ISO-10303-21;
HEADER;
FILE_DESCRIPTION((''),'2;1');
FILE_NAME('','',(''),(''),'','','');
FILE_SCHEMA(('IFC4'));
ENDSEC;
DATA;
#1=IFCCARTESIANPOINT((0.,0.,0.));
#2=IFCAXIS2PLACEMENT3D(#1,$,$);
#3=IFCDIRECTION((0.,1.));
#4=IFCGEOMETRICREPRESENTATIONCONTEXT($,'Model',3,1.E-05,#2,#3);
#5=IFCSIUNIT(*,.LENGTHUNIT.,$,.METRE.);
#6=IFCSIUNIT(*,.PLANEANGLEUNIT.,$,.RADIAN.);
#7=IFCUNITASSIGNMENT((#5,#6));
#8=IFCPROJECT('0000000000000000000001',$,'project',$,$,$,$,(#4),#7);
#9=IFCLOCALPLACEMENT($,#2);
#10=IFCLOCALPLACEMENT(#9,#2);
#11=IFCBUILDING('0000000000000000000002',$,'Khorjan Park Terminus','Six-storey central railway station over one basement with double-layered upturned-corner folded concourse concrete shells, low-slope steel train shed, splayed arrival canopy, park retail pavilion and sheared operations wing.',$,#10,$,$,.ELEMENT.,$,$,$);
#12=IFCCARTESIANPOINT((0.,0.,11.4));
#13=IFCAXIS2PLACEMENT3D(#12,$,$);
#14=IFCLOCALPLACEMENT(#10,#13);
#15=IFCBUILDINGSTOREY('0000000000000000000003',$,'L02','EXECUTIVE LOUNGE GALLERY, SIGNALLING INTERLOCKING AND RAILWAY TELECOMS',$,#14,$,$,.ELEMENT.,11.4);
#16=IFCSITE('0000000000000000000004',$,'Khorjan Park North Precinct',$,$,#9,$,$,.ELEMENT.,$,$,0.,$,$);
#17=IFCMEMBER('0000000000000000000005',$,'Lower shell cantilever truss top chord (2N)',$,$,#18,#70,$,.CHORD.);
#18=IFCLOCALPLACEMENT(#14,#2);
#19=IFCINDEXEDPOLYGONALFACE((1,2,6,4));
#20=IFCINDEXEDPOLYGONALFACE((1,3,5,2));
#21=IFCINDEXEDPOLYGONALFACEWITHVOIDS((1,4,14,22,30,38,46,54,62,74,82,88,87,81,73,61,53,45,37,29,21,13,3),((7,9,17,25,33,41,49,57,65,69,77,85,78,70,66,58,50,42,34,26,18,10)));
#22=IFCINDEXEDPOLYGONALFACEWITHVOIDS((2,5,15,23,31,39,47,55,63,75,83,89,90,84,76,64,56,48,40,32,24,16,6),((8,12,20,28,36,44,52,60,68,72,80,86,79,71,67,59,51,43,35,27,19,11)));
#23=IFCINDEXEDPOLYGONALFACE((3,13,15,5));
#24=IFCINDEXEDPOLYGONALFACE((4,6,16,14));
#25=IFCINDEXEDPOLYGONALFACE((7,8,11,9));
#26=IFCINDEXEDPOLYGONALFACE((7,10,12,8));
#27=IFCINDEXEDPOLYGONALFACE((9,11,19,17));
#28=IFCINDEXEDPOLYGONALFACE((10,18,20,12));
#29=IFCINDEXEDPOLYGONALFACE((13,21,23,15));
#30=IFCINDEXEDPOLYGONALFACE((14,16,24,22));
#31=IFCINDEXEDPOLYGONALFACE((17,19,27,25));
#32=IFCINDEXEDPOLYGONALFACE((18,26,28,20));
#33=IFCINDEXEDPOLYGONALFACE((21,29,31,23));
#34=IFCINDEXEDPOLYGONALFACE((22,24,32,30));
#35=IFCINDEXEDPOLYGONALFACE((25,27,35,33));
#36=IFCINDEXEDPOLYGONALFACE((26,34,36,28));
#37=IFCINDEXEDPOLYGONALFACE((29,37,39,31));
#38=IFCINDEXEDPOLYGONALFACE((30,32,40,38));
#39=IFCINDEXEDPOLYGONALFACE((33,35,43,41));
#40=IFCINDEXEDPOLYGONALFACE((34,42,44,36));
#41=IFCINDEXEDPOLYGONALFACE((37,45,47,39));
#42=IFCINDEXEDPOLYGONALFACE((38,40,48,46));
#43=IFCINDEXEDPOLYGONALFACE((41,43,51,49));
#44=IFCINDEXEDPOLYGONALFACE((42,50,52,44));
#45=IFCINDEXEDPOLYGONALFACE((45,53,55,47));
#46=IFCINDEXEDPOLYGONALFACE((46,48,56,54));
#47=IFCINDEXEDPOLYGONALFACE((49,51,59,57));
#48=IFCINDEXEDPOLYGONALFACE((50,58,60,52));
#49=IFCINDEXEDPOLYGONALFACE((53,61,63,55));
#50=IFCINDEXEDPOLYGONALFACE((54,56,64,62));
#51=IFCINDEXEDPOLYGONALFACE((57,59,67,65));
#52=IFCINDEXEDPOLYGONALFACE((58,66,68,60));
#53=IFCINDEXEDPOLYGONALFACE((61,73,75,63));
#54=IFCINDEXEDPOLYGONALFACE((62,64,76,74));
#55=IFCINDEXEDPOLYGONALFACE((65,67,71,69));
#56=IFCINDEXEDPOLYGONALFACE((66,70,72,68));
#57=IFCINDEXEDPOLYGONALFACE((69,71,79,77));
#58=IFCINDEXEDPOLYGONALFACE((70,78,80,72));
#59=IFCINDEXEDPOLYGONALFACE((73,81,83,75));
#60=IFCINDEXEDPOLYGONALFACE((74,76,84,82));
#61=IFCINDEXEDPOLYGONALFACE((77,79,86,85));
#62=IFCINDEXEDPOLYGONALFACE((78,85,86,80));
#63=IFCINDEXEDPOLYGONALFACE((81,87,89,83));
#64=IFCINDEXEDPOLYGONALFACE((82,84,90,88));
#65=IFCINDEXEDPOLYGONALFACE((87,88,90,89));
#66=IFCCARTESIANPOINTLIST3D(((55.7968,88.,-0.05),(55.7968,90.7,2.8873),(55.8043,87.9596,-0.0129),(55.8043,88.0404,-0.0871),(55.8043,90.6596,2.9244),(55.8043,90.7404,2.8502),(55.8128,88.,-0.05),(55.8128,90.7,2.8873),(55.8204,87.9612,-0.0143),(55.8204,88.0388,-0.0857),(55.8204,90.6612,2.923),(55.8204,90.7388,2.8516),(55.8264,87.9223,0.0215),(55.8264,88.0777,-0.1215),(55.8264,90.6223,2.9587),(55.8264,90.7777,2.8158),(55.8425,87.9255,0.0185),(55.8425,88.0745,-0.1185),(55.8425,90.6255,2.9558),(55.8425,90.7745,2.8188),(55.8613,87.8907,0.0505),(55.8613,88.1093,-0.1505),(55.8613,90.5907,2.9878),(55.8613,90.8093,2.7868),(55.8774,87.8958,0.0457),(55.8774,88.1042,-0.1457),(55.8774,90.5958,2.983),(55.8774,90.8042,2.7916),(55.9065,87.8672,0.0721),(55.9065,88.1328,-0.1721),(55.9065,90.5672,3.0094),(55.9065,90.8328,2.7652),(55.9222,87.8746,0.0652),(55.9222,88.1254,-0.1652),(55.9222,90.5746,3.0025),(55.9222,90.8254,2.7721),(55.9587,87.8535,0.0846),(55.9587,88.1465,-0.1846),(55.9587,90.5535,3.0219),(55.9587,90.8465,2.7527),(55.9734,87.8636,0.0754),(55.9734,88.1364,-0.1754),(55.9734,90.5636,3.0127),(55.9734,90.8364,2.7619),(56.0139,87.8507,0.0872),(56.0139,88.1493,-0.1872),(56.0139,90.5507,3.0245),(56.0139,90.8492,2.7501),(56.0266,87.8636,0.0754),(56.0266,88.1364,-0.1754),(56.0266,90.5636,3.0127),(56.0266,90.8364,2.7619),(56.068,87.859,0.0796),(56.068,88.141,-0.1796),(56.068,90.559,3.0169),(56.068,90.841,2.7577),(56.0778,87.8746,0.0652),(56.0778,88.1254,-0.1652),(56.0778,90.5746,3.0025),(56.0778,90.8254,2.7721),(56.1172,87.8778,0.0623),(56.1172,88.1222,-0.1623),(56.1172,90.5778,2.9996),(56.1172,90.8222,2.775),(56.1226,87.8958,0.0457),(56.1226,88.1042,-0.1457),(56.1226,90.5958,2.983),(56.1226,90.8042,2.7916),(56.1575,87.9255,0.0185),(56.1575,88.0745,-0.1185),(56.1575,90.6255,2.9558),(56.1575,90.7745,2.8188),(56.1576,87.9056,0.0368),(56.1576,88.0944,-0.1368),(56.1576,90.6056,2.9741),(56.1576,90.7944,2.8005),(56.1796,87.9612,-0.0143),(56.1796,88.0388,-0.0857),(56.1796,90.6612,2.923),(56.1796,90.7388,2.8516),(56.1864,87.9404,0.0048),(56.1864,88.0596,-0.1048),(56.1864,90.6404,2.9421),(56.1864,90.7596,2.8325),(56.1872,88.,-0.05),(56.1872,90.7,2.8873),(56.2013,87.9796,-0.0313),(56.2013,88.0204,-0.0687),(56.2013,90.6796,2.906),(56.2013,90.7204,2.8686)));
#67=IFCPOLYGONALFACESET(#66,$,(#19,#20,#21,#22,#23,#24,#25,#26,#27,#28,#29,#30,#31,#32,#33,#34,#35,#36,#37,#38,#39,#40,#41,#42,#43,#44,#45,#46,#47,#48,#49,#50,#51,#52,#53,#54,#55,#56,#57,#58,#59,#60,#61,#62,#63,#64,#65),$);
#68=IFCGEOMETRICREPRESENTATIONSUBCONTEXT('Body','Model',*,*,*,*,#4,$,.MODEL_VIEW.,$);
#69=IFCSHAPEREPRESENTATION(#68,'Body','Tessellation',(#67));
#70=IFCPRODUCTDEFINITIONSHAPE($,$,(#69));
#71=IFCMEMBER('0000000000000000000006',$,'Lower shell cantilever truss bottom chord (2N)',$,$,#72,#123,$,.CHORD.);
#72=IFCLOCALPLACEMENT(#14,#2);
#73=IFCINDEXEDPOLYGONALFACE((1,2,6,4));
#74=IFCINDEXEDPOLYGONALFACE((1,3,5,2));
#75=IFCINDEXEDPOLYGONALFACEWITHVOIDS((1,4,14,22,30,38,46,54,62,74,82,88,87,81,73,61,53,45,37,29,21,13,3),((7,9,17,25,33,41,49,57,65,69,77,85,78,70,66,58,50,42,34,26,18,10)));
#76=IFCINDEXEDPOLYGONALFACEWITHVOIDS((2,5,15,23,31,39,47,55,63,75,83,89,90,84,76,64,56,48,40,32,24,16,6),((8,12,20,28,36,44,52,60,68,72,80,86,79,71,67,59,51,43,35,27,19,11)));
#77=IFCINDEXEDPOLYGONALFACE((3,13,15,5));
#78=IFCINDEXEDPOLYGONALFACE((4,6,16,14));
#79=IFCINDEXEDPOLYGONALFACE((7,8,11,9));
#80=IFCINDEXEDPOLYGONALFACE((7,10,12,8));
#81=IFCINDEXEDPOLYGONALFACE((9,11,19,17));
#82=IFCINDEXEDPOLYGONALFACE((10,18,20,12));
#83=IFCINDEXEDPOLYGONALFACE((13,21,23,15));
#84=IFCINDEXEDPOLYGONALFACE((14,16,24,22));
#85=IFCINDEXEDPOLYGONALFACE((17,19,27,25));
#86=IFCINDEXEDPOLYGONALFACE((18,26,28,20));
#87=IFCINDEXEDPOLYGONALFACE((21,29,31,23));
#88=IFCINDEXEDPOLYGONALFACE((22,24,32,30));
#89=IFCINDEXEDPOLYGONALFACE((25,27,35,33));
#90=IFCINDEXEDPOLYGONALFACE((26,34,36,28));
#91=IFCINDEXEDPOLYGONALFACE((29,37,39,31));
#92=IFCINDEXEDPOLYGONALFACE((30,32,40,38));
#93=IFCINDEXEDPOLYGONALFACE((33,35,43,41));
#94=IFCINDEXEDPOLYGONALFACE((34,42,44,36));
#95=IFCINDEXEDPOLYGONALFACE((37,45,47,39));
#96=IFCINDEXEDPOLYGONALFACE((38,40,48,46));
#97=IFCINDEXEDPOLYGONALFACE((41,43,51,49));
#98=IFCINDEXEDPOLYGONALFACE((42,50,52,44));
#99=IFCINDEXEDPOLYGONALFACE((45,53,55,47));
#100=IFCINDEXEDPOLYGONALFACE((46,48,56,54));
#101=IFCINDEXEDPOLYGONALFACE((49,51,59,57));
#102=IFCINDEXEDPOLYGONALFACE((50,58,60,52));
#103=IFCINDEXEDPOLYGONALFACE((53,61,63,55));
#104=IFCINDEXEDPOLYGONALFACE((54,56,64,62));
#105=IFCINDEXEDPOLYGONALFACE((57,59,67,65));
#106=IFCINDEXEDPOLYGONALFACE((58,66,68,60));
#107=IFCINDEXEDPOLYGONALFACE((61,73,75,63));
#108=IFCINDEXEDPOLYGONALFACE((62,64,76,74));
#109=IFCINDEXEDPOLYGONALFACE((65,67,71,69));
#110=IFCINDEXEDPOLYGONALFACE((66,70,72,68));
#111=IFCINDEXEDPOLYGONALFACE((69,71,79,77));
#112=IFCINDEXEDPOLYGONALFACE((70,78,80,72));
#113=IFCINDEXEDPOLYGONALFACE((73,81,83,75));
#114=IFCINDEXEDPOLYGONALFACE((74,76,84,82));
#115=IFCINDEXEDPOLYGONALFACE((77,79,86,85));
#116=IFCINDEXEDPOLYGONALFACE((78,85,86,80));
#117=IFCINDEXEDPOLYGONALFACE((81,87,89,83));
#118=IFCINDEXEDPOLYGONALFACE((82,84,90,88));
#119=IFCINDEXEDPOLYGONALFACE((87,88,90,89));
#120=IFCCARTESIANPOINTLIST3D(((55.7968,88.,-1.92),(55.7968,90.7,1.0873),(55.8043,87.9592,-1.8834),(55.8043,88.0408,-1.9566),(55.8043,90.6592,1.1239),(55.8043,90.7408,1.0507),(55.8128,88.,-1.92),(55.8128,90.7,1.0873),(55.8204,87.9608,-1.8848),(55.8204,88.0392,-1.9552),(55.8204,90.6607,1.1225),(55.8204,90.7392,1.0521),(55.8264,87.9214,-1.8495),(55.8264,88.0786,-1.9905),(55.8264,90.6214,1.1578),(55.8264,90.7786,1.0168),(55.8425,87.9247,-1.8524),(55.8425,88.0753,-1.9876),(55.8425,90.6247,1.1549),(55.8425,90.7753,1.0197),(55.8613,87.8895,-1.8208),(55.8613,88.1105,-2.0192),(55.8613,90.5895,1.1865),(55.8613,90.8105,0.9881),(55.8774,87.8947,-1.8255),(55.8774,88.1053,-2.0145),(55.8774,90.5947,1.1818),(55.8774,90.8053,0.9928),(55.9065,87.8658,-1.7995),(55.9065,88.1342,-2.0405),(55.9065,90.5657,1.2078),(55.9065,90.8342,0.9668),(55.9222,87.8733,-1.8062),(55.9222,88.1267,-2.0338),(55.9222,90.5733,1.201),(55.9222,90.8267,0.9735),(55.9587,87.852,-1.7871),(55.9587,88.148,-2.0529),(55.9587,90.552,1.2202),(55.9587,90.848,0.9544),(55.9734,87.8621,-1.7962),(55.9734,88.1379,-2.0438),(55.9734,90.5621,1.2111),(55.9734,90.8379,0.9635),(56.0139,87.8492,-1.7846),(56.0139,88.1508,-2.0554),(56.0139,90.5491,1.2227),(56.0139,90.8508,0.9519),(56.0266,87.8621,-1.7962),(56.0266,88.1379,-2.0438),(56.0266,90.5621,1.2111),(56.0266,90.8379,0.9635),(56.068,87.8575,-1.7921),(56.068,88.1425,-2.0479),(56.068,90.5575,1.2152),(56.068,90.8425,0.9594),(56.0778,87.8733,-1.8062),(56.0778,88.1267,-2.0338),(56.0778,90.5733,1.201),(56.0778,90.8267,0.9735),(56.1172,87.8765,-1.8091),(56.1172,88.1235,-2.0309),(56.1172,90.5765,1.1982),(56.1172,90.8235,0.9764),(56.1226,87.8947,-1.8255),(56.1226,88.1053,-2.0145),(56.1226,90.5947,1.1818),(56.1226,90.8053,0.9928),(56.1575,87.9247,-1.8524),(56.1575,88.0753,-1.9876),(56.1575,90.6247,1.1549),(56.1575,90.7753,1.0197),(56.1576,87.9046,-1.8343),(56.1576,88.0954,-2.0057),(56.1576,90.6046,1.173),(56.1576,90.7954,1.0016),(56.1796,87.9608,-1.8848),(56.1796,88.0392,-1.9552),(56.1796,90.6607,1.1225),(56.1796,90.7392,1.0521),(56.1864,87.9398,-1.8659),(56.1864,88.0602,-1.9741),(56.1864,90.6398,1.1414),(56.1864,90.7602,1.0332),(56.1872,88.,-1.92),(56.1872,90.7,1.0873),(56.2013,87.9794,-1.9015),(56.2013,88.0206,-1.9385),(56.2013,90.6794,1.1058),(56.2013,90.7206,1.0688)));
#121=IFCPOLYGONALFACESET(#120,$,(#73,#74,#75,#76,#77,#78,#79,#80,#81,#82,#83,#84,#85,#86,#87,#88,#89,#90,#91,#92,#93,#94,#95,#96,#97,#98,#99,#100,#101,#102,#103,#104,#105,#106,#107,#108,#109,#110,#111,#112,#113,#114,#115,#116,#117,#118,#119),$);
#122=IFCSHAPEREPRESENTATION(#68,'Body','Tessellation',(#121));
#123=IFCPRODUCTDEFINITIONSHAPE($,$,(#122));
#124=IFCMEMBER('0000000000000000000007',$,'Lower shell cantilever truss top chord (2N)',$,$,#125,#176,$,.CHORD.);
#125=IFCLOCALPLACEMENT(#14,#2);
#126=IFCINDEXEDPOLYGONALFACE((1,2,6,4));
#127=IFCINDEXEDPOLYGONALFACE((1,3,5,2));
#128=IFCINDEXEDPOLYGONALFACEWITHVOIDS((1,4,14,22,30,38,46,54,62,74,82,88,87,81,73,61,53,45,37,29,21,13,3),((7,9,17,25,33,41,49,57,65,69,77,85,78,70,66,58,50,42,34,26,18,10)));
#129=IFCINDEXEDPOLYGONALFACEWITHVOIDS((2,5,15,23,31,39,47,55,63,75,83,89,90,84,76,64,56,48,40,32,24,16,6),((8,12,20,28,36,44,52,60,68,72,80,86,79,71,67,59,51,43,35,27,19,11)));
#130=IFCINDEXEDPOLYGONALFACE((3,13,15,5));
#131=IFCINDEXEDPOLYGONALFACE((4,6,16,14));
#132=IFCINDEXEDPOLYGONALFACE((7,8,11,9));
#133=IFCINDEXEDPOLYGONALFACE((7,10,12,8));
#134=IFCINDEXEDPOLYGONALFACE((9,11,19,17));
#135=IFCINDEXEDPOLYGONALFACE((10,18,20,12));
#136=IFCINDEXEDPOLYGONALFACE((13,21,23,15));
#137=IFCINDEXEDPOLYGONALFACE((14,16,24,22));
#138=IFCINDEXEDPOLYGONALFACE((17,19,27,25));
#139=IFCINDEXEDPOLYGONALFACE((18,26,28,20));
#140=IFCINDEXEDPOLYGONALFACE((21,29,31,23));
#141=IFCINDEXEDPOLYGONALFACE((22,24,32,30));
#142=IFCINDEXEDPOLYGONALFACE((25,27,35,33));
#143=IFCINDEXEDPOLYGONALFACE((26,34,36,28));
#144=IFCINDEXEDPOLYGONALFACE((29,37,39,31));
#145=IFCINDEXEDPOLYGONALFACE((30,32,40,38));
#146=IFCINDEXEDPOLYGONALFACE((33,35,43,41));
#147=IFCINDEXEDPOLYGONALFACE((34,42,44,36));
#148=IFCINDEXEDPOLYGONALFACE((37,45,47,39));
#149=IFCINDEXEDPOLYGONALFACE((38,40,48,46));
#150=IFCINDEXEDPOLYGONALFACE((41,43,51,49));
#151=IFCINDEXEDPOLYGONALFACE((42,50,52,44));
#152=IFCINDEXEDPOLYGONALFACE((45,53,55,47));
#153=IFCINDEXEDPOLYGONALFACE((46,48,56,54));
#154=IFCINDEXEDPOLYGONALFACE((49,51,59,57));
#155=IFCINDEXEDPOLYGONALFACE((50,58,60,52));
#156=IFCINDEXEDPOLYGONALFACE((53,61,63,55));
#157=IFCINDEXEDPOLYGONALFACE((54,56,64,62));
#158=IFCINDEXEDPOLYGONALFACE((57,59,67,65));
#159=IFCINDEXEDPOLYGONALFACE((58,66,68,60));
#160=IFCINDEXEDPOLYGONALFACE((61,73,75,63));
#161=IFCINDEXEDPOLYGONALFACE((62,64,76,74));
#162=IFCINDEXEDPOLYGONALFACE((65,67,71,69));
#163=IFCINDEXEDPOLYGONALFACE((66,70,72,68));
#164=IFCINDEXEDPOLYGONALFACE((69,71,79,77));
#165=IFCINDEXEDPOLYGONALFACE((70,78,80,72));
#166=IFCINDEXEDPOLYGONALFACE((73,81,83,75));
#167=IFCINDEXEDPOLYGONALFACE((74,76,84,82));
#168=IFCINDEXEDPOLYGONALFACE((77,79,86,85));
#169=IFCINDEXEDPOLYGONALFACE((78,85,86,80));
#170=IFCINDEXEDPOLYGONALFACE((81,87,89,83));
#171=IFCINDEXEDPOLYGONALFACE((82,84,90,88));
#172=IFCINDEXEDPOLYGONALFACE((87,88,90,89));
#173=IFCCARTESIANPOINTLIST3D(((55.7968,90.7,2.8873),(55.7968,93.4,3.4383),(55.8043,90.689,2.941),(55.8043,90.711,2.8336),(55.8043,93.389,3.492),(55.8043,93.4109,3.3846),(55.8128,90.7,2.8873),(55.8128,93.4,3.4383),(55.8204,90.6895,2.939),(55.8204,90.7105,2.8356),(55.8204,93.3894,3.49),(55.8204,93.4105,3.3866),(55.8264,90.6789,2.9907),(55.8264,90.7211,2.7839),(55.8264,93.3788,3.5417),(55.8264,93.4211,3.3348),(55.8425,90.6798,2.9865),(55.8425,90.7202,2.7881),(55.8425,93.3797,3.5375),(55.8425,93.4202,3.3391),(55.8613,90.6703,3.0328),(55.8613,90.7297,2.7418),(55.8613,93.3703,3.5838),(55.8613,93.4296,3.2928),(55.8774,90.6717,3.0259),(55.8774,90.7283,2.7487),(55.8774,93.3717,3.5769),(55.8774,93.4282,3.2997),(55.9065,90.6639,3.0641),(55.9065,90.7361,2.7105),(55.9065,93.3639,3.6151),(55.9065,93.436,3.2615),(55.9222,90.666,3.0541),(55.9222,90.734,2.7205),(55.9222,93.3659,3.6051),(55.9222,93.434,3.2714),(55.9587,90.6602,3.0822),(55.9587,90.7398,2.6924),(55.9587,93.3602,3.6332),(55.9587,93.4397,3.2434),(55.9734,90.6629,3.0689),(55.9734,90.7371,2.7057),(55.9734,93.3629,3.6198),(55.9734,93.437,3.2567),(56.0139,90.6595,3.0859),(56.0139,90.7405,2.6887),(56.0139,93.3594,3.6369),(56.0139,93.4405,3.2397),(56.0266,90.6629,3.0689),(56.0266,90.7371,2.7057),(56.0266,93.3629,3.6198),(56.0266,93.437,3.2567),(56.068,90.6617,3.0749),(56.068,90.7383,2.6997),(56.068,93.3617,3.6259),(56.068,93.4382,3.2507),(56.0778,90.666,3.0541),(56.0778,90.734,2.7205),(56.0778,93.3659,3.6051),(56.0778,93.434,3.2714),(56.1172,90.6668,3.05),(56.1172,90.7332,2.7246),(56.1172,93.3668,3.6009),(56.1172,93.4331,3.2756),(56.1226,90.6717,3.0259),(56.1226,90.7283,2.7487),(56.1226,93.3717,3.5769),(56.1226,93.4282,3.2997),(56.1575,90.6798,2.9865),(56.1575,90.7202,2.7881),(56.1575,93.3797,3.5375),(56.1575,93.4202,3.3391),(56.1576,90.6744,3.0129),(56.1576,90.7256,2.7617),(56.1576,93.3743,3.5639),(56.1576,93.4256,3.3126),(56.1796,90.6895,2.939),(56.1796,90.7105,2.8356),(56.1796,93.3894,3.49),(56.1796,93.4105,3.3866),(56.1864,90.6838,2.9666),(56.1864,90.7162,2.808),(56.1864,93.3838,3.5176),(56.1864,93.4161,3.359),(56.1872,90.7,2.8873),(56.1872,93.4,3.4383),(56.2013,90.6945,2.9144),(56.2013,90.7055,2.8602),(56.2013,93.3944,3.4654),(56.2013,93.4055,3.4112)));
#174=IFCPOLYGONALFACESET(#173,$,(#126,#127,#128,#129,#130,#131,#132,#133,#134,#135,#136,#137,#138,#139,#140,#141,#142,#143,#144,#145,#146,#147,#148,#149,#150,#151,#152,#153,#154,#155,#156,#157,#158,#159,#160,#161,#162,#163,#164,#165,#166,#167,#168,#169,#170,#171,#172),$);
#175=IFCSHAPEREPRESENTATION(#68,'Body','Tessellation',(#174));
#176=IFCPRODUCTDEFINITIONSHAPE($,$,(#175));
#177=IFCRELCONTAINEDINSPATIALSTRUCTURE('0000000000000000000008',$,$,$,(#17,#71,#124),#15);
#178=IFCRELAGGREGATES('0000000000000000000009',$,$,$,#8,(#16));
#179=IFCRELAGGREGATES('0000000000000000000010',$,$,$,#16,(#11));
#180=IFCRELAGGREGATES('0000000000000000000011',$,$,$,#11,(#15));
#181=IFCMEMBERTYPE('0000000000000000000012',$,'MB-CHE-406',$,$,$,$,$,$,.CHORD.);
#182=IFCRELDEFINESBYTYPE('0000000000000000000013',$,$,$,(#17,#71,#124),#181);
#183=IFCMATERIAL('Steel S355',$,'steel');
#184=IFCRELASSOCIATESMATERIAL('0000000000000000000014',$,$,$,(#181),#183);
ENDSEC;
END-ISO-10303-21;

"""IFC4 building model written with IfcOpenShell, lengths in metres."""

from ifc_helpers import new_model, si_unit, direction, frame, origin, origin_2d, place, context, subcontext, project, spatial, hollow_circle, extrude, material, material_profile, profile_set, type_object, element, save


model = new_model("IFC4")

# Units and contexts
model_context = context("Model", 3, precision=1e-05, world=origin(), true_north=direction((0.0, 1.0)))
body_context = subcontext(model_context, "Body", "Model", "MODEL_VIEW")
ifc_project = project(units=[si_unit("LENGTHUNIT", "METRE"), si_unit("PLANEANGLEUNIT", "RADIAN")], contexts=[model_context])

# Site, building, storey
site_placement = place(None, origin())
site = spatial("IfcSite", under=ifc_project, at=site_placement, Name="Khorjan Park North Precinct", CompositionType="ELEMENT", RefElevation=0.0)
building_placement = place(site_placement, origin())
building = spatial("IfcBuilding", under=site, at=building_placement, Name="Khorjan Park Terminus", Description="Six-storey central railway station over one basement with double-layered upturned-corner folded concourse concrete shells, low-slope steel train shed, splayed arrival canopy, park retail pavilion and sheared operations wing.", CompositionType="ELEMENT")
storey_placement = place(building_placement, frame((0.0, 0.0, 11.4)))
storey = spatial("IfcBuildingStorey", under=building, at=storey_placement, Name="L02", Description="EXECUTIVE LOUNGE GALLERY, SIGNALLING INTERLOCKING AND RAILWAY TELECOMS", CompositionType="ELEMENT", Elevation=11.4)

# Members
ifc_material_1 = material(Name="Steel S355", Category="steel")
ifc_material_profile_1 = material_profile(ifc_material_1, hollow_circle(Radius=0.2032, WallThickness=0.016, at=origin_2d()), Name="CHS 406.4x16")
ifc_profile_set_1 = profile_set([ifc_material_profile_1], Name="Steel S355")
member_type_1 = type_object("IfcMemberType", Name="MB-CHE-406", PredefinedType="CHORD", material=ifc_profile_set_1)
member_1_placement = place(storey_placement, frame((56.0, 88.0, -0.05), z_axis=(0.0, 0.676742, 0.73622), x_axis=(-1.0, 0.0, 0.0)))
element("IfcMember", 1, at=member_1_placement, inside=storey, type_object=member_type_1, Name="Lower shell cantilever truss top chord (2N)", PredefinedType="CHORD", context=body_context, shape_type="SweptSolid", body=[
    extrude(hollow_circle(Radius=0.2032, WallThickness=0.016, at=origin_2d()), origin(), (0.0, 0.0, 1.0), 3.9897),
])
member_2_placement = place(storey_placement, frame((56.0, 88.0, -1.92), z_axis=(0.0, 0.668066, 0.744102), x_axis=(-1.0, 0.0, 0.0)))
element("IfcMember", 2, at=member_2_placement, inside=storey, type_object=member_type_1, Name="Lower shell cantilever truss bottom chord (2N)", PredefinedType="CHORD", context=body_context, shape_type="SweptSolid", body=[
    extrude(hollow_circle(Radius=0.2032, WallThickness=0.016, at=origin_2d()), origin(), (0.0, 0.0, 1.0), 4.0415),
])
for number, where, z_axis, x_axis, name in (
    (3, (56.0, 90.7, 2.8873), (0.0, 0.979806, 0.199953), (-1.0, 0.0, 0.0), "Lower shell cantilever truss top chord (2N)"),
):
    element("IfcMember", number, at=place(storey_placement, frame(where, z_axis=z_axis, x_axis=x_axis)), inside=storey, type_object=member_type_1, Name=name, PredefinedType="CHORD", context=body_context, shape_type="SweptSolid", body=[
        extrude(hollow_circle(Radius=0.2032, WallThickness=0.016, at=origin_2d()), origin(), (0.0, 0.0, 1.0), 2.7556),
    ])

save(model, "model.ifc")
